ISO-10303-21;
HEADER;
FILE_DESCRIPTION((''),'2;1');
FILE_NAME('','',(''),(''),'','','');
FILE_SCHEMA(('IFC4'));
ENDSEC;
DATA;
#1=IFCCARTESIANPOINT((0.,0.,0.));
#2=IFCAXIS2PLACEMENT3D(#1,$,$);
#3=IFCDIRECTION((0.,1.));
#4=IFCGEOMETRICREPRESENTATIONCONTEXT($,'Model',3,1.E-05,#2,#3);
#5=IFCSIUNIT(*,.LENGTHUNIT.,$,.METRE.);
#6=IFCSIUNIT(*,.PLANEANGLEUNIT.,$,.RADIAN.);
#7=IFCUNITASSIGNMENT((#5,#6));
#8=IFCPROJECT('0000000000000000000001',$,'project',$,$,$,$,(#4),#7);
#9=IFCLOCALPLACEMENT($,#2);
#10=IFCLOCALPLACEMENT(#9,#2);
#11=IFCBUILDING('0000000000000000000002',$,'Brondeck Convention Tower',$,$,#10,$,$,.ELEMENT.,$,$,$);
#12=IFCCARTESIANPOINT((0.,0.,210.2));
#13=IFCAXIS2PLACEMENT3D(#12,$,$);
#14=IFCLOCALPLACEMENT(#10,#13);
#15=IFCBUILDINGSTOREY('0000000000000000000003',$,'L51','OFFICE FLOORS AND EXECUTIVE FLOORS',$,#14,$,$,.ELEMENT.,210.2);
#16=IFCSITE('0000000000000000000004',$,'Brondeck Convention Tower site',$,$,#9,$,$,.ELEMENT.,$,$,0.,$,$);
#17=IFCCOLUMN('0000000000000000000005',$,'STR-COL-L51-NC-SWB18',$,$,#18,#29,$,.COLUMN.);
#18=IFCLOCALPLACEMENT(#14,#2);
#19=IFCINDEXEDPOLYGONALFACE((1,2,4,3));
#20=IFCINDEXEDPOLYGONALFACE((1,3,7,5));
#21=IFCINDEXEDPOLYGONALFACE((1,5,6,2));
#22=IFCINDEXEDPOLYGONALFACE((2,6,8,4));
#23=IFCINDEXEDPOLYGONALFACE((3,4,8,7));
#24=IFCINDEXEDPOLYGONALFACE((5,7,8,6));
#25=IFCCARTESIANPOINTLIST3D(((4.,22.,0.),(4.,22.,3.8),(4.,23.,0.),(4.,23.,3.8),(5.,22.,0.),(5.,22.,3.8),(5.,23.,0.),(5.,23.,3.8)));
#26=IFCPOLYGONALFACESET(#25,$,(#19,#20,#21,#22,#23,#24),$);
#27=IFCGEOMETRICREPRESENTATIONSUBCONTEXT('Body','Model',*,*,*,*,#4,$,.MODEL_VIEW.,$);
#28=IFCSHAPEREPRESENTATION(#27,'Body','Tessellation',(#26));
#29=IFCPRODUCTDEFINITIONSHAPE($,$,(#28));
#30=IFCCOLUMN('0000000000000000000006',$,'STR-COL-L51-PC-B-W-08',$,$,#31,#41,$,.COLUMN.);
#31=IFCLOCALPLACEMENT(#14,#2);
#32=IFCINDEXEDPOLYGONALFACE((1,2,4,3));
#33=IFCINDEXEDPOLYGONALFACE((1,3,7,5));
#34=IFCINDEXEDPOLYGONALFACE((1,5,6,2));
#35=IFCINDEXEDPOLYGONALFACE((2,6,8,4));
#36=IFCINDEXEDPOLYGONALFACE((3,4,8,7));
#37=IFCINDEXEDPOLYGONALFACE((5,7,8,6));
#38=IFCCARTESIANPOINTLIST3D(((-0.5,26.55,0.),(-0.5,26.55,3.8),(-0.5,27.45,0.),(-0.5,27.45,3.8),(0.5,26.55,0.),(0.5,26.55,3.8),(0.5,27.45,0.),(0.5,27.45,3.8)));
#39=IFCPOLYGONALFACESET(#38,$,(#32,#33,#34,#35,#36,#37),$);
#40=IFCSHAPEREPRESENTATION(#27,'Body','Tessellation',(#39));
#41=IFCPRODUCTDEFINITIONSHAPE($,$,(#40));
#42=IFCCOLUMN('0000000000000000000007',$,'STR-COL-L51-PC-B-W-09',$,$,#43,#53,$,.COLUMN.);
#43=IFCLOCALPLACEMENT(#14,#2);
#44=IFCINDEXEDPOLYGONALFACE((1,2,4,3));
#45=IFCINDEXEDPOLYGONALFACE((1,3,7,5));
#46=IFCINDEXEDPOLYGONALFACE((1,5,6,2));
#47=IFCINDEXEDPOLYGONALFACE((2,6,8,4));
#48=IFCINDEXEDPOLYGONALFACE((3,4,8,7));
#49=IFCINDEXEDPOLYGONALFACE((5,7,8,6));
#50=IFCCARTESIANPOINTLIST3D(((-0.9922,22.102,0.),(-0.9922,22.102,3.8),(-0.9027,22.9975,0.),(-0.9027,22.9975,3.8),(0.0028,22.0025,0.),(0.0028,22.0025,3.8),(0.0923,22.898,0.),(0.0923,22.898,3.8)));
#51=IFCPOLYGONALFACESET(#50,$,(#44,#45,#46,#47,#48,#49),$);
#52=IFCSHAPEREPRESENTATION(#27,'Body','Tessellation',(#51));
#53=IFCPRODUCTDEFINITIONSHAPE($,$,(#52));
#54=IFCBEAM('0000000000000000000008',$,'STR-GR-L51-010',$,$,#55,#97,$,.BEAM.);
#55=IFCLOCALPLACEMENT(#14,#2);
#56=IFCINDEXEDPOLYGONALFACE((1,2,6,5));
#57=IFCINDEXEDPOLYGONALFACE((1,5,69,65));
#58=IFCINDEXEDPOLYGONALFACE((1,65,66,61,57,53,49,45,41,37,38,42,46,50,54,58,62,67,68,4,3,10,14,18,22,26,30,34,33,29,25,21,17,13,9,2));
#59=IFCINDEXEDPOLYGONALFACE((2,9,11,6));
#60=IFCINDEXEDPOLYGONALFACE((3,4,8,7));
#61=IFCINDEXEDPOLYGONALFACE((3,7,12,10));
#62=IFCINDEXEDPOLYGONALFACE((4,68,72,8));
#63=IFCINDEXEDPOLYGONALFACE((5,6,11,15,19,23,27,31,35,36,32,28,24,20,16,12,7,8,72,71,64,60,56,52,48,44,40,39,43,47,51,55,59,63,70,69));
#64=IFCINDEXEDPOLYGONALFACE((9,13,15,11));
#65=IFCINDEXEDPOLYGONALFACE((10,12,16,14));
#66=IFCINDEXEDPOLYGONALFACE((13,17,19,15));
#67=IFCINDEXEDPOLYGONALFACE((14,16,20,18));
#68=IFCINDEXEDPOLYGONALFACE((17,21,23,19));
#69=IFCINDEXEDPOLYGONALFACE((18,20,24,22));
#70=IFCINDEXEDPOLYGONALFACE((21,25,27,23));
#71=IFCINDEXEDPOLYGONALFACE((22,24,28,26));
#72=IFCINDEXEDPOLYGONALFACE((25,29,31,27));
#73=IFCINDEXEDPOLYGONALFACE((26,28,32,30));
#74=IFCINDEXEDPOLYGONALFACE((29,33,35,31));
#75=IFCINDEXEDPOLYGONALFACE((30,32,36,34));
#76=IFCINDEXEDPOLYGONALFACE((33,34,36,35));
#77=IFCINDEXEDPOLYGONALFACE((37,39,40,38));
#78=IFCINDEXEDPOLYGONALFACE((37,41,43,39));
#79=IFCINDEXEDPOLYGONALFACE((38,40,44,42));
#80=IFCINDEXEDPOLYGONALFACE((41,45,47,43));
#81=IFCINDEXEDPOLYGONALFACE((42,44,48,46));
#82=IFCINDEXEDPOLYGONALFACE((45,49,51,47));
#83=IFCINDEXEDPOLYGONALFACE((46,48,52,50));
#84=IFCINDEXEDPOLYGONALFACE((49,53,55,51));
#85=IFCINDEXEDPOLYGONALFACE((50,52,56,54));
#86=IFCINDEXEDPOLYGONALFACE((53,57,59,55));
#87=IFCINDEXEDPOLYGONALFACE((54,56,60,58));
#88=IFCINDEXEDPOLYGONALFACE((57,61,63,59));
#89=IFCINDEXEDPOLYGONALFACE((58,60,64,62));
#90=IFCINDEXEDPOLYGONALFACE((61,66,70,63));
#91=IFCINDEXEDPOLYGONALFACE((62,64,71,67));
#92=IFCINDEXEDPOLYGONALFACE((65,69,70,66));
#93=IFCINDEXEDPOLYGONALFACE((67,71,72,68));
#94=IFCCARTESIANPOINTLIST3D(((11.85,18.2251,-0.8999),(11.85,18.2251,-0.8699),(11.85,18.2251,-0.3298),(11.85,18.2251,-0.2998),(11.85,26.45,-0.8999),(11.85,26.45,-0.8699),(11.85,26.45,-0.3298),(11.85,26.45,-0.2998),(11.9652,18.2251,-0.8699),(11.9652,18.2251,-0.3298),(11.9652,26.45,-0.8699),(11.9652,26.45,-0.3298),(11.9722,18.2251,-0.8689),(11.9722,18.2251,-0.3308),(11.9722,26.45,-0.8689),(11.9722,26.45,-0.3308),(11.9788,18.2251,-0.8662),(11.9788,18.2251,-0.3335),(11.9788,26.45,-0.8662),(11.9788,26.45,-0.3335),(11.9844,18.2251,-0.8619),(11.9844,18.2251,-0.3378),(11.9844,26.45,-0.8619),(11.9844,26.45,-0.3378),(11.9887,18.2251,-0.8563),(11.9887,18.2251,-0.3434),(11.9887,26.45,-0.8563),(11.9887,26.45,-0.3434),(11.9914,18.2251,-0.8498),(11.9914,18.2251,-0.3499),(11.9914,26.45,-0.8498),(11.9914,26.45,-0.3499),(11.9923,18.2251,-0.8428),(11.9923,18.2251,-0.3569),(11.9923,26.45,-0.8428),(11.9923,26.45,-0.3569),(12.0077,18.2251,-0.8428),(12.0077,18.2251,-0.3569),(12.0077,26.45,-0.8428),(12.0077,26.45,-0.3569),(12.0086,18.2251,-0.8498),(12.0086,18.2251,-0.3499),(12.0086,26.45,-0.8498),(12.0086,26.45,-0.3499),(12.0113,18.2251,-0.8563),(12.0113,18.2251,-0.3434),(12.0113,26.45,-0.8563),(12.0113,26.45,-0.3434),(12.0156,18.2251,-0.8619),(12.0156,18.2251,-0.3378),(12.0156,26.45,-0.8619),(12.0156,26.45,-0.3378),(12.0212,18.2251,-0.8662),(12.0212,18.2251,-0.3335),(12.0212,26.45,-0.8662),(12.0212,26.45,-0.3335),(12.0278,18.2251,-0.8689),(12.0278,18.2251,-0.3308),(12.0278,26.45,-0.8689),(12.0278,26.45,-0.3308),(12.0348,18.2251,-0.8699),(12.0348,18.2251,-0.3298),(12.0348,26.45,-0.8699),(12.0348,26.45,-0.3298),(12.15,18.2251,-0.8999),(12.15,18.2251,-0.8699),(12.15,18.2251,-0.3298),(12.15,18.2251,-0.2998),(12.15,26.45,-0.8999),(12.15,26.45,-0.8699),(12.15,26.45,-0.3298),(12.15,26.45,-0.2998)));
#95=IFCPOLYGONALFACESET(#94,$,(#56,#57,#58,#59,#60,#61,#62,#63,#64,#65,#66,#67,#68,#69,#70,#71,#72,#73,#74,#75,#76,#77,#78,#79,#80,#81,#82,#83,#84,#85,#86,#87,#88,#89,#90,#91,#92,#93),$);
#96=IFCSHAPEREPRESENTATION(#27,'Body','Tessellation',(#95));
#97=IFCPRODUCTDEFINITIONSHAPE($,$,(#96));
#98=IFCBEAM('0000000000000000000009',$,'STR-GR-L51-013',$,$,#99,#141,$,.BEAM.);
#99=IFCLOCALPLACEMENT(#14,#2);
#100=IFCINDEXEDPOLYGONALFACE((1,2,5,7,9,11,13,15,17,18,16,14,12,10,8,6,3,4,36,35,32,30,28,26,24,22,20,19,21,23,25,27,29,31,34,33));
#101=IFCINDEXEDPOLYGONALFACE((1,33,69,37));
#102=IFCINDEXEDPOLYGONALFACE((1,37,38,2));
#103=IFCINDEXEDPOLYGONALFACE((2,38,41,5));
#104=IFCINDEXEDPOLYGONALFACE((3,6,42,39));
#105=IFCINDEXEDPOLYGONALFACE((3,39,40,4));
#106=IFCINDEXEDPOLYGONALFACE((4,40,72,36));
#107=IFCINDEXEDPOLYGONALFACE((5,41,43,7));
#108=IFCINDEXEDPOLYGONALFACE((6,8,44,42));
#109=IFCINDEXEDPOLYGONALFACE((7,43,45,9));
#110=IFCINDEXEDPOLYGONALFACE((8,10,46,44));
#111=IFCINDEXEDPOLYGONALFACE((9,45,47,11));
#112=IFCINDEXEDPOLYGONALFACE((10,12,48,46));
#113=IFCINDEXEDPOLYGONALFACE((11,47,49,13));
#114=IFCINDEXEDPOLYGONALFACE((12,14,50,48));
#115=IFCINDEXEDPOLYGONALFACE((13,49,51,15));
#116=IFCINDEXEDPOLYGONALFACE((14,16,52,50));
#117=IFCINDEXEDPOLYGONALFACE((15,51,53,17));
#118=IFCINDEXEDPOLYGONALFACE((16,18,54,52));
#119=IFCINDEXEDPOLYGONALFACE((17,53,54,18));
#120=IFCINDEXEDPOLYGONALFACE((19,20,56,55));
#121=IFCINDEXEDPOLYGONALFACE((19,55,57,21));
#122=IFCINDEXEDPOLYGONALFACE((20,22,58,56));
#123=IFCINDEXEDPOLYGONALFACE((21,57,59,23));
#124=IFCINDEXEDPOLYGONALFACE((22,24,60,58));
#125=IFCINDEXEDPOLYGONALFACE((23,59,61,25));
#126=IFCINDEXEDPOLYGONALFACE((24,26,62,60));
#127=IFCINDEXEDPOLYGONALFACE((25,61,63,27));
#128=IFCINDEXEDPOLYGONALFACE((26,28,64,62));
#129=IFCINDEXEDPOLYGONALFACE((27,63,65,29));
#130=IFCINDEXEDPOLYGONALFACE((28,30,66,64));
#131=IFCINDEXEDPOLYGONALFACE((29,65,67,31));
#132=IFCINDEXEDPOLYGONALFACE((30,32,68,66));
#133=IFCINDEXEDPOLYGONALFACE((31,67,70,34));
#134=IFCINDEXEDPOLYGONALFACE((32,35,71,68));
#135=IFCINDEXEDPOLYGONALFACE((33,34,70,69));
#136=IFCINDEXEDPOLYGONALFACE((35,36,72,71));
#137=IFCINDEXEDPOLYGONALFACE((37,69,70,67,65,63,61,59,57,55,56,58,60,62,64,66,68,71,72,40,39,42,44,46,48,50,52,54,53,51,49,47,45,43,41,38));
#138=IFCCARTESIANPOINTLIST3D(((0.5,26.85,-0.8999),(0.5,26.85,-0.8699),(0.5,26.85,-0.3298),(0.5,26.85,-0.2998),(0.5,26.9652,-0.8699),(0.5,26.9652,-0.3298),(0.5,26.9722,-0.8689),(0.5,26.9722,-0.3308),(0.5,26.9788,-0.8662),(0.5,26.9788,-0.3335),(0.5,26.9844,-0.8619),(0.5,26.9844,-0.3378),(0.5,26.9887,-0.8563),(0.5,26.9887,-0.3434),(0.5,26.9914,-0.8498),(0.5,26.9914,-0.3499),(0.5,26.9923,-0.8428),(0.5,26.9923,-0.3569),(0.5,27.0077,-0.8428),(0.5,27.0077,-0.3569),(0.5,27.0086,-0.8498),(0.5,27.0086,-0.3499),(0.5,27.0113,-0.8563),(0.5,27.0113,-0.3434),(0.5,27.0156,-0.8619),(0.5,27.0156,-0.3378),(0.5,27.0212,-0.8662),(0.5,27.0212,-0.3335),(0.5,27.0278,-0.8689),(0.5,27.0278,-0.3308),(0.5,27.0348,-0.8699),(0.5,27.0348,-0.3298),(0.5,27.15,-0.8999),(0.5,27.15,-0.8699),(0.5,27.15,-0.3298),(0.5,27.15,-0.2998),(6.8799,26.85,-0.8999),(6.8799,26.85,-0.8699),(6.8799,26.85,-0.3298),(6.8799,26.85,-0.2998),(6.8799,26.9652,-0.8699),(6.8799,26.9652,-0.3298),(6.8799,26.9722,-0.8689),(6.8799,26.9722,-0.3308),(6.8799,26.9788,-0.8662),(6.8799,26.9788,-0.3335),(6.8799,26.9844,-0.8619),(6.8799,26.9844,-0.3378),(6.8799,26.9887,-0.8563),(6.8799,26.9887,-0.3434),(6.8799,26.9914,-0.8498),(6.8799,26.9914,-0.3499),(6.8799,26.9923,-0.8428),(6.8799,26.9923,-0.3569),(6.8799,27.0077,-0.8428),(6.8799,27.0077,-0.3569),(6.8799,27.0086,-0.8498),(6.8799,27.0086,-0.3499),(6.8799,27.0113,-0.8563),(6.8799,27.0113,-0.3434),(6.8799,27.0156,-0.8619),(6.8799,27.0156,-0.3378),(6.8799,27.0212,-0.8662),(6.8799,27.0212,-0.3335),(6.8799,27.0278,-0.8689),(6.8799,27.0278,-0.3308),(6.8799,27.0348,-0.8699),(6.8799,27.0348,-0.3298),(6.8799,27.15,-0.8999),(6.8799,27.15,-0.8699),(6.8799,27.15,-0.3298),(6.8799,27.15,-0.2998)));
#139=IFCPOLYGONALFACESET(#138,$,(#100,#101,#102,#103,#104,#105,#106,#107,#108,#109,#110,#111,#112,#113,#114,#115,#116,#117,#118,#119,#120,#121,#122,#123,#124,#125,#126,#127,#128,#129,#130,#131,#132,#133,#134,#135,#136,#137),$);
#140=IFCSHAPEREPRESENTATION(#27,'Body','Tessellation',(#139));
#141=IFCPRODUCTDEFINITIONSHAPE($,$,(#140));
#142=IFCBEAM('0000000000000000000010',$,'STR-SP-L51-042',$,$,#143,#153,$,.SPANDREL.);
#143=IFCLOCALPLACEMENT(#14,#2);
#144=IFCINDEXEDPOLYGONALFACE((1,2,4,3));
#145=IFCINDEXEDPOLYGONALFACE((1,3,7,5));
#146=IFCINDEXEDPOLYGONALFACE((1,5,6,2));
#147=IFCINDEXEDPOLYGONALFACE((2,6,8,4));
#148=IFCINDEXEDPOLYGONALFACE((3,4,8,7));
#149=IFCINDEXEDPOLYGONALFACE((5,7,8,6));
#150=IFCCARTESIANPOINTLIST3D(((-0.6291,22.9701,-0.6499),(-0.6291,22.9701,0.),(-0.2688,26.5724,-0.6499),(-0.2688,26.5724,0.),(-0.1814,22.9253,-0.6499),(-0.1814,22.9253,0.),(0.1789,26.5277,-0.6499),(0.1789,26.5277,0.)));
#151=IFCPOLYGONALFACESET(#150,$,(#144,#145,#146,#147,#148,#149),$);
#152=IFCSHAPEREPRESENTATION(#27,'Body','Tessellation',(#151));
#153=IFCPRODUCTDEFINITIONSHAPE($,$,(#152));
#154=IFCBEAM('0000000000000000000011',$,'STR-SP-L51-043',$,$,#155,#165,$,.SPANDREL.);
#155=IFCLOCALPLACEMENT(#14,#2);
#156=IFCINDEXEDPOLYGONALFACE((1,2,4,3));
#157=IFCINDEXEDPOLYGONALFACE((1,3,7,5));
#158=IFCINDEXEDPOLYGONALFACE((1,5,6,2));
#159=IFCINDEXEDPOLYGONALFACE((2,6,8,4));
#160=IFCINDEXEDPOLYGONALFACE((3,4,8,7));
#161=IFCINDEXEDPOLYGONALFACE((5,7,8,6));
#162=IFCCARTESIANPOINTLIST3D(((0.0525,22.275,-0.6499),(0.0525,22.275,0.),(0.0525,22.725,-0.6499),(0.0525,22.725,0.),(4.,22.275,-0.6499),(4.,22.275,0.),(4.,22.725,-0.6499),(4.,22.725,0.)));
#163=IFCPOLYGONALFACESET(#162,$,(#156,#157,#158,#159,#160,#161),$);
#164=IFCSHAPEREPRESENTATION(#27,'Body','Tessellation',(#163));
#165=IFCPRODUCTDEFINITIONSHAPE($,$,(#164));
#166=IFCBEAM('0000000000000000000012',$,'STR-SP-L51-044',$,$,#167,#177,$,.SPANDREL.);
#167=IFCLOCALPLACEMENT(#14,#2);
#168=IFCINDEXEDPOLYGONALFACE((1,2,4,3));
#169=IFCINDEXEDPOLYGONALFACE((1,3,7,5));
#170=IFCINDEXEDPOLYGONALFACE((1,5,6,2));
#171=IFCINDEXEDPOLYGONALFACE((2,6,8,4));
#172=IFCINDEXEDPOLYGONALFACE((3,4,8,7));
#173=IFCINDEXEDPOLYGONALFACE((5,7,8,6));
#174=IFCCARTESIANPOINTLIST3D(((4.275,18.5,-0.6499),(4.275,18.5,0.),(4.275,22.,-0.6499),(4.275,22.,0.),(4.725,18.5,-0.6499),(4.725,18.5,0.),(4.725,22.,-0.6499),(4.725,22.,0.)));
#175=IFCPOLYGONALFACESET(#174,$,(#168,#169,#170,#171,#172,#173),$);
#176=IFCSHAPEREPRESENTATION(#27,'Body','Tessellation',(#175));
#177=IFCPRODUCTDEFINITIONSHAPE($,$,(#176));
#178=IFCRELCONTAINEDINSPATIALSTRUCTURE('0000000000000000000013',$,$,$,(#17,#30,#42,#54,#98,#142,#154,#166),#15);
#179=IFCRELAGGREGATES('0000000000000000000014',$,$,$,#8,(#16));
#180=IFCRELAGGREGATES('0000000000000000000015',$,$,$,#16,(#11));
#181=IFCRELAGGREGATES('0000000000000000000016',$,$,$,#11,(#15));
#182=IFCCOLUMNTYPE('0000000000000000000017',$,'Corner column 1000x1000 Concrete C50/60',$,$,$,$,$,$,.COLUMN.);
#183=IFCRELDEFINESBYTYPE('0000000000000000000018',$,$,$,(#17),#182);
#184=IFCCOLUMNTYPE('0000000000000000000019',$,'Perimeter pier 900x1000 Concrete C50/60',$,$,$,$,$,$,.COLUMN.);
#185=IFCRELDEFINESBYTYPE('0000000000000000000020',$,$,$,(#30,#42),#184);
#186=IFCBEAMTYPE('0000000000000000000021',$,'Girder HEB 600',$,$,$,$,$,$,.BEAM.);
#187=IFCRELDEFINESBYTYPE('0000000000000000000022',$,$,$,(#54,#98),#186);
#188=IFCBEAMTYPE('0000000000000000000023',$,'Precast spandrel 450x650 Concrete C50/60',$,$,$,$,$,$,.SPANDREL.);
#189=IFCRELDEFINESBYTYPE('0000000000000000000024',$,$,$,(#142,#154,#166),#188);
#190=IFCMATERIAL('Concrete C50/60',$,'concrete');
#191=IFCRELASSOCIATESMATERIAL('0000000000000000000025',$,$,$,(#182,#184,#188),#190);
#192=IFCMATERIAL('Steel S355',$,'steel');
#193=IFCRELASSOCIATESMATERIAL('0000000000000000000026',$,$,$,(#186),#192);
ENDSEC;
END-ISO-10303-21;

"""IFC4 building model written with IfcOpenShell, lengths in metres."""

from ifc_helpers import new_model, si_unit, direction, frame, origin, origin_2d, place, context, subcontext, project, spatial, rectangle, i_section, extrude, material, material_profile, profile_set, type_object, element, save


model = new_model("IFC4")

# Units and contexts
model_context = context("Model", 3, precision=1e-05, world=origin(), true_north=direction((0.0, 1.0)))
body_context = subcontext(model_context, "Body", "Model", "MODEL_VIEW")
ifc_project = project(units=[si_unit("LENGTHUNIT", "METRE"), si_unit("PLANEANGLEUNIT", "RADIAN")], contexts=[model_context])

# Site, building, storey
site_placement = place(None, origin())
site = spatial("IfcSite", under=ifc_project, at=site_placement, Name="Brondeck Convention Tower site", CompositionType="ELEMENT", RefElevation=0.0)
building_placement = place(site_placement, origin())
building = spatial("IfcBuilding", under=site, at=building_placement, Name="Brondeck Convention Tower", CompositionType="ELEMENT")
storey_placement = place(building_placement, frame((0.0, 0.0, 210.2)))
storey = spatial("IfcBuildingStorey", under=building, at=storey_placement, Name="L51", Description="OFFICE FLOORS AND EXECUTIVE FLOORS", CompositionType="ELEMENT", Elevation=210.2)

# Columns
ifc_material_1 = material(Name="Concrete C50/60", Category="concrete")
ifc_material_profile_1 = material_profile(ifc_material_1, rectangle(XDim=1.0, YDim=1.0, at=origin_2d()), Name="Corner column 1000x1000 Concrete C50/60")
ifc_profile_set_1 = profile_set([ifc_material_profile_1], Name="Concrete C50/60")
column_type_1 = type_object("IfcColumnType", Name="Corner column 1000x1000 Concrete C50/60", PredefinedType="COLUMN", material=ifc_profile_set_1)
column_placement = place(storey_placement, frame((4.5, 22.5, 0.0), z_axis=(0.0, 0.0, 1.0), x_axis=(1.0, 0.0, 0.0)))
element("IfcColumn", 1, at=column_placement, inside=storey, type_object=column_type_1, Name="STR-COL-L51-NC-SWB18", PredefinedType="COLUMN", context=body_context, shape_type="SweptSolid", body=[
    extrude(rectangle(XDim=1.0, YDim=1.0, at=origin_2d()), origin(), (0.0, 0.0, 1.0), 3.8),
])
ifc_material_profile_2 = material_profile(ifc_material_1, rectangle(XDim=0.8999, YDim=1.0, at=origin_2d()), Name="Perimeter pier 900x1000 Concrete C50/60")
ifc_profile_set_2 = profile_set([ifc_material_profile_2], Name="Concrete C50/60")
column_type_2 = type_object("IfcColumnType", Name="Perimeter pier 900x1000 Concrete C50/60", PredefinedType="COLUMN", material=ifc_profile_set_2)
for number, where, z_axis, x_axis, name in (
    (2, (0.0, 27.0, 0.0), (0.0, 0.0, 1.0), (0.0, -1.0, 0.0), "STR-COL-L51-PC-B-W-08"),
    (3, (-0.45, 22.5, 0.0), (0.0, 0.0, 1.0), (-0.099504, -0.995037, 0.0), "STR-COL-L51-PC-B-W-09"),
):
    element("IfcColumn", number, at=place(storey_placement, frame(where, z_axis=z_axis, x_axis=x_axis)), inside=storey, type_object=column_type_2, Name=name, PredefinedType="COLUMN", context=body_context, shape_type="SweptSolid", body=[
        extrude(rectangle(XDim=0.8999, YDim=1.0, at=origin_2d()), origin(), (0.0, 0.0, 1.0), 3.8),
    ])

# Beams
ifc_material_2 = material(Name="Steel S355", Category="steel")
ifc_material_profile_3 = material_profile(ifc_material_2, i_section(OverallWidth=0.3, OverallDepth=0.6001, WebThickness=0.0154, FlangeThickness=0.03, FilletRadius=0.0271, at=origin_2d()), Name="HEB 600")
ifc_profile_set_3 = profile_set([ifc_material_profile_3], Name="Steel S355")
beam_type_1 = type_object("IfcBeamType", Name="Girder HEB 600", PredefinedType="BEAM", material=ifc_profile_set_3)
beam_1_placement = place(storey_placement, frame((12.0, 26.45, -0.5999), z_axis=(0.0, -1.0, 0.0), x_axis=(1.0, 0.0, 0.0)))
element("IfcBeam", 4, at=beam_1_placement, inside=storey, type_object=beam_type_1, Name="STR-GR-L51-010", PredefinedType="BEAM", context=body_context, shape_type="SweptSolid", body=[
    extrude(i_section(OverallWidth=0.3, OverallDepth=0.6001, WebThickness=0.0154, FlangeThickness=0.03, FilletRadius=0.0271, at=origin_2d()), origin(), (0.0, 0.0, 1.0), 8.2249),
])
beam_2_placement = place(storey_placement, frame((0.5, 27.0, -0.5999), z_axis=(1.0, 0.0, 0.0), x_axis=(0.0, 1.0, 0.0)))
element("IfcBeam", 5, at=beam_2_placement, inside=storey, type_object=beam_type_1, Name="STR-GR-L51-013", PredefinedType="BEAM", context=body_context, shape_type="SweptSolid", body=[
    extrude(i_section(OverallWidth=0.3, OverallDepth=0.6001, WebThickness=0.0154, FlangeThickness=0.03, FilletRadius=0.0271, at=origin_2d()), origin(), (0.0, 0.0, 1.0), 6.3799),
])
ifc_material_profile_4 = material_profile(ifc_material_1, rectangle(XDim=0.45, YDim=0.6499, at=origin_2d()), Name="Precast spandrel 450x650 Concrete C50/60")
ifc_profile_set_4 = profile_set([ifc_material_profile_4], Name="Concrete C50/60")
beam_type_2 = type_object("IfcBeamType", Name="Precast spandrel 450x650 Concrete C50/60", PredefinedType="SPANDREL", material=ifc_profile_set_4)
beam_3_placement = place(storey_placement, frame((-0.0449, 26.55, -0.325), z_axis=(-0.099537, -0.995034, 0.0), x_axis=(0.995034, -0.099537, 0.0)))
element("IfcBeam", 6, at=beam_3_placement, inside=storey, type_object=beam_type_2, Name="STR-SP-L51-042", PredefinedType="SPANDREL", context=body_context, shape_type="SweptSolid", body=[
    extrude(rectangle(XDim=0.45, YDim=0.6499, at=origin_2d()), origin(), (0.0, 0.0, 1.0), 3.6204),
])
beam_4_placement = place(storey_placement, frame((0.0525, 22.5, -0.325), z_axis=(1.0, 0.0, 0.0), x_axis=(0.0, 1.0, 0.0)))
element("IfcBeam", 7, at=beam_4_placement, inside=storey, type_object=beam_type_2, Name="STR-SP-L51-043", PredefinedType="SPANDREL", context=body_context, shape_type="SweptSolid", body=[
    extrude(rectangle(XDim=0.45, YDim=0.6499, at=origin_2d()), origin(), (0.0, 0.0, 1.0), 3.9475),
])
beam_5_placement = place(storey_placement, frame((4.5, 22.0, -0.325), z_axis=(0.0, -1.0, 0.0), x_axis=(1.0, 0.0, 0.0)))
element("IfcBeam", 8, at=beam_5_placement, inside=storey, type_object=beam_type_2, Name="STR-SP-L51-044", PredefinedType="SPANDREL", context=body_context, shape_type="SweptSolid", body=[
    extrude(rectangle(XDim=0.45, YDim=0.6499, at=origin_2d()), origin(), (0.0, 0.0, 1.0), 3.5),
])

save(model, "model.ifc")
